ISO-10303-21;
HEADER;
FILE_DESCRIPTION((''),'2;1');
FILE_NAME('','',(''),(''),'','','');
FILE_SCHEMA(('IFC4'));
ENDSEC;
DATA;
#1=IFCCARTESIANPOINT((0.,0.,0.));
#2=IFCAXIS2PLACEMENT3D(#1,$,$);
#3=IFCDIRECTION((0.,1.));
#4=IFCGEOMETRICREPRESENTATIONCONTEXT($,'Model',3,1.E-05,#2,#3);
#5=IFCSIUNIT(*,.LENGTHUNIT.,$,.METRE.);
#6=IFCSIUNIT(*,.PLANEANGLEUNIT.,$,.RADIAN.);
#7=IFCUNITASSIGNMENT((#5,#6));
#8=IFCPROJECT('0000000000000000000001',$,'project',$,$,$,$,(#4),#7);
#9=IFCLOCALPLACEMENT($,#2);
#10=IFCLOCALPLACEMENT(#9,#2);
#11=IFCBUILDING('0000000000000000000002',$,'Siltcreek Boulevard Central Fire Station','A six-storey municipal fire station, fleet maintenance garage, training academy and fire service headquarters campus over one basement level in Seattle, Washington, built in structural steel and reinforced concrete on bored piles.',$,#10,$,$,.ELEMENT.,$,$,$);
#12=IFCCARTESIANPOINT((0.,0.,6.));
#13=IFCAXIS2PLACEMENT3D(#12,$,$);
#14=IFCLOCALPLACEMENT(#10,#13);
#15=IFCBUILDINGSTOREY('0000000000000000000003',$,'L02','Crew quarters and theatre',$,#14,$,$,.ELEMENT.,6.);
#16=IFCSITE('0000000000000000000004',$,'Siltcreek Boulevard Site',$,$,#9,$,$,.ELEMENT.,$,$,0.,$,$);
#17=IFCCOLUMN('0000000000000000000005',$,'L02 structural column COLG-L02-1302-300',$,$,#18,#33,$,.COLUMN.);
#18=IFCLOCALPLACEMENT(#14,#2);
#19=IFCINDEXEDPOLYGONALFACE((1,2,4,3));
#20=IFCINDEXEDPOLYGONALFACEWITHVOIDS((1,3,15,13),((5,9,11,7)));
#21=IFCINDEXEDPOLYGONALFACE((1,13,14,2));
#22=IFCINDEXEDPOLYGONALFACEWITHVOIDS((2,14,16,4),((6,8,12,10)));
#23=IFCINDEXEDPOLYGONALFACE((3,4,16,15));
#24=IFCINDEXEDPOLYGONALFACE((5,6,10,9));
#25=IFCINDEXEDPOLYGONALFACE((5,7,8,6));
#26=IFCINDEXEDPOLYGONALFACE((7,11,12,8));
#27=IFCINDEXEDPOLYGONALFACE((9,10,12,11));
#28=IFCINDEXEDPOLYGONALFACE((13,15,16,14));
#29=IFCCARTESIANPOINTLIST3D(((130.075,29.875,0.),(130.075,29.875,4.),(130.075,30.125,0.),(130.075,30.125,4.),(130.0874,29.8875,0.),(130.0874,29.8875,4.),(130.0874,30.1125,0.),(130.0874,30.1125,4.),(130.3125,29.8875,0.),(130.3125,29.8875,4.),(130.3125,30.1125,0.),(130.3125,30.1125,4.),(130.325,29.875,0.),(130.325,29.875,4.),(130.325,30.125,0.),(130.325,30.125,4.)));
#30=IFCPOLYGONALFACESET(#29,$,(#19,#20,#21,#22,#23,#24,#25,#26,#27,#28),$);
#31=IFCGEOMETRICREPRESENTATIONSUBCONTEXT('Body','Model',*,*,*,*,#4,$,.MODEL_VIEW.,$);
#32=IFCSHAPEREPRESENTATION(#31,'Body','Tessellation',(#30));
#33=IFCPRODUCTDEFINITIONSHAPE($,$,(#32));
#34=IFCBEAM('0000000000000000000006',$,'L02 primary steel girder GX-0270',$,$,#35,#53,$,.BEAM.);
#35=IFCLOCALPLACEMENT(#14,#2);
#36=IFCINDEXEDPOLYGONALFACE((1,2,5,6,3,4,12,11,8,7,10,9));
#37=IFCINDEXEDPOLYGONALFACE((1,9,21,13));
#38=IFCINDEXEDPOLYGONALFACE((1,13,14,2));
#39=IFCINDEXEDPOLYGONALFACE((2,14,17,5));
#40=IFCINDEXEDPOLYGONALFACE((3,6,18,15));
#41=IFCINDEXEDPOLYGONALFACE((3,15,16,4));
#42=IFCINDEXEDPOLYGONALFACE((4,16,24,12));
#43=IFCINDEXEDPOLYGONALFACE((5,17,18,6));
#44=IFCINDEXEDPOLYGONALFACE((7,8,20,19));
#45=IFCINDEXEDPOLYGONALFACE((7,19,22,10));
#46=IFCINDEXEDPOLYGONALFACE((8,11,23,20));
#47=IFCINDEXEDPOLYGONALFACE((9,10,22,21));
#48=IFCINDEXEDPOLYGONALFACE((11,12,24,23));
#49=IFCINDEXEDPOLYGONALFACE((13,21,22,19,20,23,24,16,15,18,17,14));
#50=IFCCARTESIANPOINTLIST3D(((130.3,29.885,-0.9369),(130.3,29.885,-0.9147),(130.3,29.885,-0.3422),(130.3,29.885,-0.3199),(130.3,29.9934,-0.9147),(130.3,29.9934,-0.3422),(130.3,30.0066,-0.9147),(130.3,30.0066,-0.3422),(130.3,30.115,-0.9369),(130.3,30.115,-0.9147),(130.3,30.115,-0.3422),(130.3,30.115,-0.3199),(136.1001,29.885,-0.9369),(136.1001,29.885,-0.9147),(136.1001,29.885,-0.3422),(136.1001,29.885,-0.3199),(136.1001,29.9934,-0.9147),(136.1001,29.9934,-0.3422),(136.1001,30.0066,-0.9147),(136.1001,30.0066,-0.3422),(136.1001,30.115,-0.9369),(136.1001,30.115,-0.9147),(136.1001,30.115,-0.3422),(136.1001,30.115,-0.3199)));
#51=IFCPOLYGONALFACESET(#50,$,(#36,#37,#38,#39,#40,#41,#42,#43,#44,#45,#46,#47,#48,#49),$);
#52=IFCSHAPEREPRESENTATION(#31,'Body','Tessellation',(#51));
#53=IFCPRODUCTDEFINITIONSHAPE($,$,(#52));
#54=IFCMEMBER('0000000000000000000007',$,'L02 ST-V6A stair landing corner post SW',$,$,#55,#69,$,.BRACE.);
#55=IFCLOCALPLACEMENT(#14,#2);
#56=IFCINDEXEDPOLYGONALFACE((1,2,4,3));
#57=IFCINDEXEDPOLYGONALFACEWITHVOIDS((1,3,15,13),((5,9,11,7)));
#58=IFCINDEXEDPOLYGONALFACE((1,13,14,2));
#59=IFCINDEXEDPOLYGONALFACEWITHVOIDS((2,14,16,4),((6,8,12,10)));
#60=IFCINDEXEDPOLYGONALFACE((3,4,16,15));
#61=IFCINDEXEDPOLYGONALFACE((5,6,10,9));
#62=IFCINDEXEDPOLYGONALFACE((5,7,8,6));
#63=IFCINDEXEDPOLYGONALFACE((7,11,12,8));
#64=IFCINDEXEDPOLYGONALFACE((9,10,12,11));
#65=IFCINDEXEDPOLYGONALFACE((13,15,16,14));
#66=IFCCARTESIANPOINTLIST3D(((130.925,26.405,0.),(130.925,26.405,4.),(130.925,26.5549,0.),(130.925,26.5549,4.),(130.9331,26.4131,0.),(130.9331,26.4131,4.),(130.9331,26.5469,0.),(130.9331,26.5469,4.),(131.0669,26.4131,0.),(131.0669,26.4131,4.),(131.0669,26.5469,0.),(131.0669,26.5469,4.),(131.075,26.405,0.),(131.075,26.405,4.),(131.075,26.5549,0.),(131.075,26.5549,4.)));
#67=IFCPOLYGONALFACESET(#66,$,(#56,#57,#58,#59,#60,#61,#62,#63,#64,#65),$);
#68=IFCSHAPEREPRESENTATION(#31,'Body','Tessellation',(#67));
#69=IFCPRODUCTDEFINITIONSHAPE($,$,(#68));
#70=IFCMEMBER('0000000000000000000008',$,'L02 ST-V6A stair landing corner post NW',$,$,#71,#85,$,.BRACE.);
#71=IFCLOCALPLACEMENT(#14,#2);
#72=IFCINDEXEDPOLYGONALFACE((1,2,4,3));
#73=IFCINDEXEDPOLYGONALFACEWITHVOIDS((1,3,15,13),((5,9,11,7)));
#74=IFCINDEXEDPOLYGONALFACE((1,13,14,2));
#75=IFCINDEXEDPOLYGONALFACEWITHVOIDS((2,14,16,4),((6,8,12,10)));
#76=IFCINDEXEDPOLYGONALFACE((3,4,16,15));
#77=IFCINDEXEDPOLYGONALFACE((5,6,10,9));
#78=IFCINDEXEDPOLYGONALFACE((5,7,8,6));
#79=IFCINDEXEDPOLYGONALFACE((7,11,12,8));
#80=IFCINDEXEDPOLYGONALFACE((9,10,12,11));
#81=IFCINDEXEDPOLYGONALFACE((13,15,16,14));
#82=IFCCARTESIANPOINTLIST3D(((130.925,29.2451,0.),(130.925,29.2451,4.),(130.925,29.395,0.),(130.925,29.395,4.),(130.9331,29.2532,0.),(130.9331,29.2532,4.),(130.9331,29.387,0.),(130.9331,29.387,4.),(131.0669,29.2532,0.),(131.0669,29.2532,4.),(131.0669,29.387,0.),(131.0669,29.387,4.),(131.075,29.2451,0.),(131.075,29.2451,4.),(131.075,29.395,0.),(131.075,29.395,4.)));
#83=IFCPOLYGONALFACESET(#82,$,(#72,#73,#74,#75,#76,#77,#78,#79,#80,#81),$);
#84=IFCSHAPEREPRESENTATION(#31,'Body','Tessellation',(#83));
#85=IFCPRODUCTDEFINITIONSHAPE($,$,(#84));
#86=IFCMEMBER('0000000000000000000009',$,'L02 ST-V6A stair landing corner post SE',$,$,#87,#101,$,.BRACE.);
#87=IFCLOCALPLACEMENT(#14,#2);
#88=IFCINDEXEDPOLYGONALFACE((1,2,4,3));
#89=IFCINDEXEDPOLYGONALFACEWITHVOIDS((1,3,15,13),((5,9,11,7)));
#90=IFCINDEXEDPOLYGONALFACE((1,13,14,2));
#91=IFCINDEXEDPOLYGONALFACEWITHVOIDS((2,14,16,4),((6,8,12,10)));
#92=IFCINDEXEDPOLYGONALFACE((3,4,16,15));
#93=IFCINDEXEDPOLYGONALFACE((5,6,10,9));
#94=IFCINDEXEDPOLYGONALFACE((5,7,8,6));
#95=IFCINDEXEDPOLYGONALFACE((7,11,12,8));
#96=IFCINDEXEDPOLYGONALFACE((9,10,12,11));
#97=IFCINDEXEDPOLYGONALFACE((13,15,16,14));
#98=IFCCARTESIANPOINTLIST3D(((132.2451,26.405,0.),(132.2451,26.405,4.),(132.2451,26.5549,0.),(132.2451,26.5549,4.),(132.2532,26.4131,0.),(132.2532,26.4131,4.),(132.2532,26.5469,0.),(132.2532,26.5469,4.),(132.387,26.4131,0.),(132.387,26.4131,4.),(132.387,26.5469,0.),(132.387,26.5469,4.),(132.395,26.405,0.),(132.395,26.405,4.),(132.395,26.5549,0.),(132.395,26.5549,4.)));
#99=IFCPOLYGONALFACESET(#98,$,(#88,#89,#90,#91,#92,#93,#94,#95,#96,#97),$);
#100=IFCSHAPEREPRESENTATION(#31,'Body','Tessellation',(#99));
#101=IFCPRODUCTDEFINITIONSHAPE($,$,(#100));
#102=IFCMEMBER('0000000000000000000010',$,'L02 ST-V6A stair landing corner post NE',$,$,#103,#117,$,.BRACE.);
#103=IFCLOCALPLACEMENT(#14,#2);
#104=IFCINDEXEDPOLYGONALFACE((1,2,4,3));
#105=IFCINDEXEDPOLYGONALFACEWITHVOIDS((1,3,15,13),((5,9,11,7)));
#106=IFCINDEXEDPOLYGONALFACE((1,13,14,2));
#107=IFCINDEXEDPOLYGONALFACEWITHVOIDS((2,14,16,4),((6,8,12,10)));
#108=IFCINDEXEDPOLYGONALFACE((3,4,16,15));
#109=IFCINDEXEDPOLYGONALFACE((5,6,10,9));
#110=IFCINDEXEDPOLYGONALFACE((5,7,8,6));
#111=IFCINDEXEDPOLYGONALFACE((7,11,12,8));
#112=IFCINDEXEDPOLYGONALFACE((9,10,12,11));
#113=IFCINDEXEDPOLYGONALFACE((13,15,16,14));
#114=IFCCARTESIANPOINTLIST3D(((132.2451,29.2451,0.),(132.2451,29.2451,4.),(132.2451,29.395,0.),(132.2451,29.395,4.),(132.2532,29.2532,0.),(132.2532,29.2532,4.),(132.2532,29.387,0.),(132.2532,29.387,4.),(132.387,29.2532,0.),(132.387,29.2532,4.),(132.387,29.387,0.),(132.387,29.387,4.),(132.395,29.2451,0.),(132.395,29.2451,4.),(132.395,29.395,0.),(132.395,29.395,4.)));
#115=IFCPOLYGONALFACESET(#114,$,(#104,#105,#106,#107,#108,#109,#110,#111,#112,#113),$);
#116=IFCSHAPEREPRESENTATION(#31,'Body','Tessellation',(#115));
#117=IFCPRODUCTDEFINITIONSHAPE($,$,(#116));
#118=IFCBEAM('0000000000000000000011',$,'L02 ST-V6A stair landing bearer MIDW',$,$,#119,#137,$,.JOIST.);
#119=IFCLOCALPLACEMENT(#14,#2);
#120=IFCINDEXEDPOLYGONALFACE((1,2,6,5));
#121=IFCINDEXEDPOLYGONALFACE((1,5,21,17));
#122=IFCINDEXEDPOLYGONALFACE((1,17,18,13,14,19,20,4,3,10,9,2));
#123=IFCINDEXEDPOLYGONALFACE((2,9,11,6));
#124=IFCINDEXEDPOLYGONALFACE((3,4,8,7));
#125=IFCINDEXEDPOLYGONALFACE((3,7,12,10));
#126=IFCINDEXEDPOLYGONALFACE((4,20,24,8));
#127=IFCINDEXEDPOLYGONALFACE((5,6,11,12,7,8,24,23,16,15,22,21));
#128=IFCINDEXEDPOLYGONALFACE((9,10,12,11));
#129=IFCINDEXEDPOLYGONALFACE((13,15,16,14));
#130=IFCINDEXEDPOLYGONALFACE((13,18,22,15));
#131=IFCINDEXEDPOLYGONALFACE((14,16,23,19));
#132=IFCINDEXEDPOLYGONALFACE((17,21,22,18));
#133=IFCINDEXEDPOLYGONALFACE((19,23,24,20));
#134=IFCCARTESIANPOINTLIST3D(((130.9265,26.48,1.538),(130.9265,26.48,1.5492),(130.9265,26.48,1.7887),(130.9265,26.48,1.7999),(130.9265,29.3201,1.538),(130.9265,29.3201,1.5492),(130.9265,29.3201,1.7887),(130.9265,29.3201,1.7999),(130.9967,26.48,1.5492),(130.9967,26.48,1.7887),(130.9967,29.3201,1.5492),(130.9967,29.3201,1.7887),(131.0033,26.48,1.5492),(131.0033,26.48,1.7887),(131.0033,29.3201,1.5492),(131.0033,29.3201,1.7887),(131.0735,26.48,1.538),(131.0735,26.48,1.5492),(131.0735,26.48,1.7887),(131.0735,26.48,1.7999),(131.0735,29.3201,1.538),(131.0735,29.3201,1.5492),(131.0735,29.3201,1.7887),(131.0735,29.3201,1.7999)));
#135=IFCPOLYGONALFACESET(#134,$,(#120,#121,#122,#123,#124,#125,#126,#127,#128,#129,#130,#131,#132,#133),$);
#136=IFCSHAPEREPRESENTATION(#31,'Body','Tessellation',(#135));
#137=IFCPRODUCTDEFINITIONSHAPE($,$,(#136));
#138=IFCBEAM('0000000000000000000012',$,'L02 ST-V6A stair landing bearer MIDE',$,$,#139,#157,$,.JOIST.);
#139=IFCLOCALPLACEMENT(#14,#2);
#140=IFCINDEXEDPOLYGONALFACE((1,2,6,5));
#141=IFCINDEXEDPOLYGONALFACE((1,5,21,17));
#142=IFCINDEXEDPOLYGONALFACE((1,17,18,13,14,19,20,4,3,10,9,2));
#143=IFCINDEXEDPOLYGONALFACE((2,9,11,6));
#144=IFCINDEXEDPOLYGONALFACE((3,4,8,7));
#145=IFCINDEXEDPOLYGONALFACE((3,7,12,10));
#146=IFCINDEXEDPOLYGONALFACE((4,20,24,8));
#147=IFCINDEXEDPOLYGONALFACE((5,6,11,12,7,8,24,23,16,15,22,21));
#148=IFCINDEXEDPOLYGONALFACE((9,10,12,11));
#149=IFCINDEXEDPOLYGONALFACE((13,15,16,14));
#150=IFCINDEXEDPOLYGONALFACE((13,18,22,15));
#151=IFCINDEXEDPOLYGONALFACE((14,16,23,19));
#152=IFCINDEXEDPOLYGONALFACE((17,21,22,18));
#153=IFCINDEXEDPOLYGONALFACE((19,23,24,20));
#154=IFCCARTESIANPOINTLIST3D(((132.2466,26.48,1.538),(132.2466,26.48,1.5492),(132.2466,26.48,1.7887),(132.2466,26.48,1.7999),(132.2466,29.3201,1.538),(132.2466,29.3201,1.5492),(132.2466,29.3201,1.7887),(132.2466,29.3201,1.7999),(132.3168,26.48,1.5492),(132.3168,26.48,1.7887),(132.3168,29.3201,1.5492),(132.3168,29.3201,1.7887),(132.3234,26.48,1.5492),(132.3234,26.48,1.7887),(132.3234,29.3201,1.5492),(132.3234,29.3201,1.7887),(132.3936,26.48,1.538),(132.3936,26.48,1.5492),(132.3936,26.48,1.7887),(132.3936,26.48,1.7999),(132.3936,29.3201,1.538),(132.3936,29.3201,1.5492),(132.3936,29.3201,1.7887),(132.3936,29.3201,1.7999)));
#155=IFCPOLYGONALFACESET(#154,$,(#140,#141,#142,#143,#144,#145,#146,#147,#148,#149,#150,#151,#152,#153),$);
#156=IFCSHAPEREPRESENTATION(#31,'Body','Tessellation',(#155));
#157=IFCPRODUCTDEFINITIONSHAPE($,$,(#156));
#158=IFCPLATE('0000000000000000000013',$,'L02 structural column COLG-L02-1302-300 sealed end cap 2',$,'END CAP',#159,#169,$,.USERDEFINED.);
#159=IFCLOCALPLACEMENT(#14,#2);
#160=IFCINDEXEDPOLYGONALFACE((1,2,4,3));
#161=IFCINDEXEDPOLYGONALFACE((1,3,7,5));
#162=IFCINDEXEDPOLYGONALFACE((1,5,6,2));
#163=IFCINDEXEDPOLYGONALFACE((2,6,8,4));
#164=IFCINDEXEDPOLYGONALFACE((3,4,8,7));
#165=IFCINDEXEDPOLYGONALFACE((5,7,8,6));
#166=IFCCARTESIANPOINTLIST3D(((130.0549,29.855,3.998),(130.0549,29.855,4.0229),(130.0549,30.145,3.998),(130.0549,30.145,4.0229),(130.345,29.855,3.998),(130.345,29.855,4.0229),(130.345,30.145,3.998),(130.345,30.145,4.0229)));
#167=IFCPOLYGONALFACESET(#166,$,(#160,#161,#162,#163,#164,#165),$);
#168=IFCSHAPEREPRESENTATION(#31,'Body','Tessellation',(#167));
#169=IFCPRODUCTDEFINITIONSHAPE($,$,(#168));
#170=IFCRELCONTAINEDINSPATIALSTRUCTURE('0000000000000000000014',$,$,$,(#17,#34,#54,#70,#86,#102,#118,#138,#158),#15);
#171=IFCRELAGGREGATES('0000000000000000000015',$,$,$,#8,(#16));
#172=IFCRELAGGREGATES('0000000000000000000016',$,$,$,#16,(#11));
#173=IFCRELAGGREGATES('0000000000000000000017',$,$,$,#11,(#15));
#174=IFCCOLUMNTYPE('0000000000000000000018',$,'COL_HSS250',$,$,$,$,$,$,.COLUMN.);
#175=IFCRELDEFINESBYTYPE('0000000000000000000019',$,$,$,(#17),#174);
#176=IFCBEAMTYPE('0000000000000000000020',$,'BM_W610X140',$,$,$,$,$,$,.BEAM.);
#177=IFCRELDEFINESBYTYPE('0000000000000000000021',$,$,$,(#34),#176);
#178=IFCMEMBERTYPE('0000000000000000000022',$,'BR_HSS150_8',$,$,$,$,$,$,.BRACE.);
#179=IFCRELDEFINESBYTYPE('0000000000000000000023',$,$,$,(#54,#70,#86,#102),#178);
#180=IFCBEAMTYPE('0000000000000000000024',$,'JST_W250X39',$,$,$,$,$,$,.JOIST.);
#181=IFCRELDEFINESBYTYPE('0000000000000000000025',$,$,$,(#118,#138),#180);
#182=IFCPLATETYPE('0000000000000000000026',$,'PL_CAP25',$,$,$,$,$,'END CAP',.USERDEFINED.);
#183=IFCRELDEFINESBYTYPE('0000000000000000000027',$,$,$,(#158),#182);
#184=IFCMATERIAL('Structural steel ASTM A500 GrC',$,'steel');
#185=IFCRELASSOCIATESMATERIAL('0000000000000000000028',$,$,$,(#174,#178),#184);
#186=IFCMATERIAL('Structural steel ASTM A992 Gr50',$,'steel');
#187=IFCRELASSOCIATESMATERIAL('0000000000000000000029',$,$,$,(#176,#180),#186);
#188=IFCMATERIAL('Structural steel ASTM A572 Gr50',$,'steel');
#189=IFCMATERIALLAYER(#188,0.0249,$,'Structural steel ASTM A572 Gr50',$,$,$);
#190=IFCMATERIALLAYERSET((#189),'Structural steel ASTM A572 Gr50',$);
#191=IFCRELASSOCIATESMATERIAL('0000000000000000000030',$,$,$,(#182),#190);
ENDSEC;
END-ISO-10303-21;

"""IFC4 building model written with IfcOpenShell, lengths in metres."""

from ifc_helpers import new_model, si_unit, direction, frame, origin, origin_2d, place, context, subcontext, project, spatial, rectangle, hollow_rectangle, i_section, extrude, material, layer, layer_set, material_profile, profile_set, type_object, element, save


model = new_model("IFC4")

# Units and contexts
model_context = context("Model", 3, precision=1e-05, world=origin(), true_north=direction((0.0, 1.0)))
body_context = subcontext(model_context, "Body", "Model", "MODEL_VIEW")
ifc_project = project(units=[si_unit("LENGTHUNIT", "METRE"), si_unit("PLANEANGLEUNIT", "RADIAN")], contexts=[model_context])

# Site, building, storey
site_placement = place(None, origin())
site = spatial("IfcSite", under=ifc_project, at=site_placement, Name="Siltcreek Boulevard Site", CompositionType="ELEMENT", RefElevation=0.0)
building_placement = place(site_placement, origin())
building = spatial("IfcBuilding", under=site, at=building_placement, Name="Siltcreek Boulevard Central Fire Station", Description="A six-storey municipal fire station, fleet maintenance garage, training academy and fire service headquarters campus over one basement level in Seattle, Washington, built in structural steel and reinforced concrete on bored piles.", CompositionType="ELEMENT")
storey_placement = place(building_placement, frame((0.0, 0.0, 6.0)))
storey = spatial("IfcBuildingStorey", under=building, at=storey_placement, Name="L02", Description="Crew quarters and theatre", CompositionType="ELEMENT", Elevation=6.0)

# Column
ifc_material_1 = material(Name="Structural steel ASTM A500 GrC", Category="steel")
ifc_material_profile_1 = material_profile(ifc_material_1, hollow_rectangle(XDim=0.25, YDim=0.25, WallThickness=0.0125, at=origin_2d()), Name="HSS250X250X12.5")
ifc_profile_set_1 = profile_set([ifc_material_profile_1], Name="Structural steel ASTM A500 GrC")
column_type = type_object("IfcColumnType", Name="COL_HSS250", PredefinedType="COLUMN", material=ifc_profile_set_1)
column_placement = place(storey_placement, frame((130.2, 30.0, 0.0), z_axis=(0.0, 0.0, 1.0), x_axis=(1.0, 0.0, 0.0)))
element("IfcColumn", 1, at=column_placement, inside=storey, type_object=column_type, Name="L02 structural column COLG-L02-1302-300", PredefinedType="COLUMN", context=body_context, shape_type="SweptSolid", body=[
    extrude(hollow_rectangle(XDim=0.25, YDim=0.25, WallThickness=0.0125, at=origin_2d()), origin(), (0.0, 0.0, 1.0), 4.0),
])

# Beam
ifc_material_2 = material(Name="Structural steel ASTM A992 Gr50", Category="steel")
ifc_material_profile_2 = material_profile(ifc_material_2, i_section(OverallWidth=0.23, OverallDepth=0.6169, WebThickness=0.0132, FlangeThickness=0.0222, at=origin_2d()), Name="W610X140")
ifc_profile_set_2 = profile_set([ifc_material_profile_2], Name="Structural steel ASTM A992 Gr50")
beam_type_1 = type_object("IfcBeamType", Name="BM_W610X140", PredefinedType="BEAM", material=ifc_profile_set_2)
beam_placement = place(storey_placement, frame((130.3, 30.0, -0.6284), z_axis=(1.0, 0.0, 0.0), x_axis=(0.0, 1.0, 0.0)))
element("IfcBeam", 2, at=beam_placement, inside=storey, type_object=beam_type_1, Name="L02 primary steel girder GX-0270", PredefinedType="BEAM", context=body_context, shape_type="SweptSolid", body=[
    extrude(i_section(OverallWidth=0.23, OverallDepth=0.6169, WebThickness=0.0132, FlangeThickness=0.0222, at=origin_2d()), origin(), (0.0, 0.0, 1.0), 5.8),
])

# Members
ifc_material_profile_3 = material_profile(ifc_material_1, hollow_rectangle(XDim=0.1499, YDim=0.1499, WallThickness=0.0081, at=origin_2d()), Name="HSS150X150X8.0")
ifc_profile_set_3 = profile_set([ifc_material_profile_3], Name="Structural steel ASTM A500 GrC")
member_type = type_object("IfcMemberType", Name="BR_HSS150_8", PredefinedType="BRACE", material=ifc_profile_set_3)
for number, where, z_axis, x_axis, name in (
    (3, (131.0, 26.48, 0.0), (0.0, 0.0, 1.0), (1.0, 0.0, 0.0), "L02 ST-V6A stair landing corner post SW"),
    (4, (131.0, 29.3201, 0.0), (0.0, 0.0, 1.0), (1.0, 0.0, 0.0), "L02 ST-V6A stair landing corner post NW"),
    (5, (132.3201, 26.48, 0.0), (0.0, 0.0, 1.0), (1.0, 0.0, 0.0), "L02 ST-V6A stair landing corner post SE"),
    (6, (132.3201, 29.3201, 0.0), (0.0, 0.0, 1.0), (1.0, 0.0, 0.0), "L02 ST-V6A stair landing corner post NE"),
):
    element("IfcMember", number, at=place(storey_placement, frame(where, z_axis=z_axis, x_axis=x_axis)), inside=storey, type_object=member_type, Name=name, PredefinedType="BRACE", context=body_context, shape_type="SweptSolid", body=[
        extrude(hollow_rectangle(XDim=0.1499, YDim=0.1499, WallThickness=0.0081, at=origin_2d()), origin(), (0.0, 0.0, 1.0), 4.0),
    ])

# Beams
ifc_material_profile_4 = material_profile(ifc_material_2, i_section(OverallWidth=0.147, OverallDepth=0.262, WebThickness=0.0066, FlangeThickness=0.0112, at=origin_2d()), Name="W250X39")
ifc_profile_set_4 = profile_set([ifc_material_profile_4], Name="Structural steel ASTM A992 Gr50")
beam_type_2 = type_object("IfcBeamType", Name="JST_W250X39", PredefinedType="JOIST", material=ifc_profile_set_4)
for number, where, z_axis, x_axis, name in (
    (7, (131.0, 26.48, 1.6689), (0.0, 1.0, 0.0), (-1.0, 0.0, 0.0), "L02 ST-V6A stair landing bearer MIDW"),
    (8, (132.3201, 26.48, 1.6689), (0.0, 1.0, 0.0), (-1.0, 0.0, 0.0), "L02 ST-V6A stair landing bearer MIDE"),
):
    element("IfcBeam", number, at=place(storey_placement, frame(where, z_axis=z_axis, x_axis=x_axis)), inside=storey, type_object=beam_type_2, Name=name, PredefinedType="JOIST", context=body_context, shape_type="SweptSolid", body=[
        extrude(i_section(OverallWidth=0.147, OverallDepth=0.262, WebThickness=0.0066, FlangeThickness=0.0112, at=origin_2d()), origin(), (0.0, 0.0, 1.0), 2.8401),
    ])

# Plate
ifc_material_3 = material(Name="Structural steel ASTM A572 Gr50", Category="steel")
ifc_layer_1 = layer(ifc_material_3, 0.0249, Name="Structural steel ASTM A572 Gr50")
ifc_layer_set_1 = layer_set([ifc_layer_1], Name="Structural steel ASTM A572 Gr50")
plate_type = type_object("IfcPlateType", Name="PL_CAP25", ElementType="END CAP", PredefinedType="USERDEFINED", material=ifc_layer_set_1)
plate_placement = place(storey_placement, frame((130.2, 30.0, 3.998), z_axis=(0.0, 0.0, 1.0), x_axis=(1.0, 0.0, 0.0)))
element("IfcPlate", 9, at=plate_placement, inside=storey, type_object=plate_type, Name="L02 structural column COLG-L02-1302-300 sealed end cap 2", ObjectType="END CAP", PredefinedType="USERDEFINED", context=body_context, shape_type="SweptSolid", body=[
    extrude(rectangle(XDim=0.29, YDim=0.29, at=origin_2d()), origin(), (0.0, 0.0, 1.0), 0.0249),
])

save(model, "model.ifc")
